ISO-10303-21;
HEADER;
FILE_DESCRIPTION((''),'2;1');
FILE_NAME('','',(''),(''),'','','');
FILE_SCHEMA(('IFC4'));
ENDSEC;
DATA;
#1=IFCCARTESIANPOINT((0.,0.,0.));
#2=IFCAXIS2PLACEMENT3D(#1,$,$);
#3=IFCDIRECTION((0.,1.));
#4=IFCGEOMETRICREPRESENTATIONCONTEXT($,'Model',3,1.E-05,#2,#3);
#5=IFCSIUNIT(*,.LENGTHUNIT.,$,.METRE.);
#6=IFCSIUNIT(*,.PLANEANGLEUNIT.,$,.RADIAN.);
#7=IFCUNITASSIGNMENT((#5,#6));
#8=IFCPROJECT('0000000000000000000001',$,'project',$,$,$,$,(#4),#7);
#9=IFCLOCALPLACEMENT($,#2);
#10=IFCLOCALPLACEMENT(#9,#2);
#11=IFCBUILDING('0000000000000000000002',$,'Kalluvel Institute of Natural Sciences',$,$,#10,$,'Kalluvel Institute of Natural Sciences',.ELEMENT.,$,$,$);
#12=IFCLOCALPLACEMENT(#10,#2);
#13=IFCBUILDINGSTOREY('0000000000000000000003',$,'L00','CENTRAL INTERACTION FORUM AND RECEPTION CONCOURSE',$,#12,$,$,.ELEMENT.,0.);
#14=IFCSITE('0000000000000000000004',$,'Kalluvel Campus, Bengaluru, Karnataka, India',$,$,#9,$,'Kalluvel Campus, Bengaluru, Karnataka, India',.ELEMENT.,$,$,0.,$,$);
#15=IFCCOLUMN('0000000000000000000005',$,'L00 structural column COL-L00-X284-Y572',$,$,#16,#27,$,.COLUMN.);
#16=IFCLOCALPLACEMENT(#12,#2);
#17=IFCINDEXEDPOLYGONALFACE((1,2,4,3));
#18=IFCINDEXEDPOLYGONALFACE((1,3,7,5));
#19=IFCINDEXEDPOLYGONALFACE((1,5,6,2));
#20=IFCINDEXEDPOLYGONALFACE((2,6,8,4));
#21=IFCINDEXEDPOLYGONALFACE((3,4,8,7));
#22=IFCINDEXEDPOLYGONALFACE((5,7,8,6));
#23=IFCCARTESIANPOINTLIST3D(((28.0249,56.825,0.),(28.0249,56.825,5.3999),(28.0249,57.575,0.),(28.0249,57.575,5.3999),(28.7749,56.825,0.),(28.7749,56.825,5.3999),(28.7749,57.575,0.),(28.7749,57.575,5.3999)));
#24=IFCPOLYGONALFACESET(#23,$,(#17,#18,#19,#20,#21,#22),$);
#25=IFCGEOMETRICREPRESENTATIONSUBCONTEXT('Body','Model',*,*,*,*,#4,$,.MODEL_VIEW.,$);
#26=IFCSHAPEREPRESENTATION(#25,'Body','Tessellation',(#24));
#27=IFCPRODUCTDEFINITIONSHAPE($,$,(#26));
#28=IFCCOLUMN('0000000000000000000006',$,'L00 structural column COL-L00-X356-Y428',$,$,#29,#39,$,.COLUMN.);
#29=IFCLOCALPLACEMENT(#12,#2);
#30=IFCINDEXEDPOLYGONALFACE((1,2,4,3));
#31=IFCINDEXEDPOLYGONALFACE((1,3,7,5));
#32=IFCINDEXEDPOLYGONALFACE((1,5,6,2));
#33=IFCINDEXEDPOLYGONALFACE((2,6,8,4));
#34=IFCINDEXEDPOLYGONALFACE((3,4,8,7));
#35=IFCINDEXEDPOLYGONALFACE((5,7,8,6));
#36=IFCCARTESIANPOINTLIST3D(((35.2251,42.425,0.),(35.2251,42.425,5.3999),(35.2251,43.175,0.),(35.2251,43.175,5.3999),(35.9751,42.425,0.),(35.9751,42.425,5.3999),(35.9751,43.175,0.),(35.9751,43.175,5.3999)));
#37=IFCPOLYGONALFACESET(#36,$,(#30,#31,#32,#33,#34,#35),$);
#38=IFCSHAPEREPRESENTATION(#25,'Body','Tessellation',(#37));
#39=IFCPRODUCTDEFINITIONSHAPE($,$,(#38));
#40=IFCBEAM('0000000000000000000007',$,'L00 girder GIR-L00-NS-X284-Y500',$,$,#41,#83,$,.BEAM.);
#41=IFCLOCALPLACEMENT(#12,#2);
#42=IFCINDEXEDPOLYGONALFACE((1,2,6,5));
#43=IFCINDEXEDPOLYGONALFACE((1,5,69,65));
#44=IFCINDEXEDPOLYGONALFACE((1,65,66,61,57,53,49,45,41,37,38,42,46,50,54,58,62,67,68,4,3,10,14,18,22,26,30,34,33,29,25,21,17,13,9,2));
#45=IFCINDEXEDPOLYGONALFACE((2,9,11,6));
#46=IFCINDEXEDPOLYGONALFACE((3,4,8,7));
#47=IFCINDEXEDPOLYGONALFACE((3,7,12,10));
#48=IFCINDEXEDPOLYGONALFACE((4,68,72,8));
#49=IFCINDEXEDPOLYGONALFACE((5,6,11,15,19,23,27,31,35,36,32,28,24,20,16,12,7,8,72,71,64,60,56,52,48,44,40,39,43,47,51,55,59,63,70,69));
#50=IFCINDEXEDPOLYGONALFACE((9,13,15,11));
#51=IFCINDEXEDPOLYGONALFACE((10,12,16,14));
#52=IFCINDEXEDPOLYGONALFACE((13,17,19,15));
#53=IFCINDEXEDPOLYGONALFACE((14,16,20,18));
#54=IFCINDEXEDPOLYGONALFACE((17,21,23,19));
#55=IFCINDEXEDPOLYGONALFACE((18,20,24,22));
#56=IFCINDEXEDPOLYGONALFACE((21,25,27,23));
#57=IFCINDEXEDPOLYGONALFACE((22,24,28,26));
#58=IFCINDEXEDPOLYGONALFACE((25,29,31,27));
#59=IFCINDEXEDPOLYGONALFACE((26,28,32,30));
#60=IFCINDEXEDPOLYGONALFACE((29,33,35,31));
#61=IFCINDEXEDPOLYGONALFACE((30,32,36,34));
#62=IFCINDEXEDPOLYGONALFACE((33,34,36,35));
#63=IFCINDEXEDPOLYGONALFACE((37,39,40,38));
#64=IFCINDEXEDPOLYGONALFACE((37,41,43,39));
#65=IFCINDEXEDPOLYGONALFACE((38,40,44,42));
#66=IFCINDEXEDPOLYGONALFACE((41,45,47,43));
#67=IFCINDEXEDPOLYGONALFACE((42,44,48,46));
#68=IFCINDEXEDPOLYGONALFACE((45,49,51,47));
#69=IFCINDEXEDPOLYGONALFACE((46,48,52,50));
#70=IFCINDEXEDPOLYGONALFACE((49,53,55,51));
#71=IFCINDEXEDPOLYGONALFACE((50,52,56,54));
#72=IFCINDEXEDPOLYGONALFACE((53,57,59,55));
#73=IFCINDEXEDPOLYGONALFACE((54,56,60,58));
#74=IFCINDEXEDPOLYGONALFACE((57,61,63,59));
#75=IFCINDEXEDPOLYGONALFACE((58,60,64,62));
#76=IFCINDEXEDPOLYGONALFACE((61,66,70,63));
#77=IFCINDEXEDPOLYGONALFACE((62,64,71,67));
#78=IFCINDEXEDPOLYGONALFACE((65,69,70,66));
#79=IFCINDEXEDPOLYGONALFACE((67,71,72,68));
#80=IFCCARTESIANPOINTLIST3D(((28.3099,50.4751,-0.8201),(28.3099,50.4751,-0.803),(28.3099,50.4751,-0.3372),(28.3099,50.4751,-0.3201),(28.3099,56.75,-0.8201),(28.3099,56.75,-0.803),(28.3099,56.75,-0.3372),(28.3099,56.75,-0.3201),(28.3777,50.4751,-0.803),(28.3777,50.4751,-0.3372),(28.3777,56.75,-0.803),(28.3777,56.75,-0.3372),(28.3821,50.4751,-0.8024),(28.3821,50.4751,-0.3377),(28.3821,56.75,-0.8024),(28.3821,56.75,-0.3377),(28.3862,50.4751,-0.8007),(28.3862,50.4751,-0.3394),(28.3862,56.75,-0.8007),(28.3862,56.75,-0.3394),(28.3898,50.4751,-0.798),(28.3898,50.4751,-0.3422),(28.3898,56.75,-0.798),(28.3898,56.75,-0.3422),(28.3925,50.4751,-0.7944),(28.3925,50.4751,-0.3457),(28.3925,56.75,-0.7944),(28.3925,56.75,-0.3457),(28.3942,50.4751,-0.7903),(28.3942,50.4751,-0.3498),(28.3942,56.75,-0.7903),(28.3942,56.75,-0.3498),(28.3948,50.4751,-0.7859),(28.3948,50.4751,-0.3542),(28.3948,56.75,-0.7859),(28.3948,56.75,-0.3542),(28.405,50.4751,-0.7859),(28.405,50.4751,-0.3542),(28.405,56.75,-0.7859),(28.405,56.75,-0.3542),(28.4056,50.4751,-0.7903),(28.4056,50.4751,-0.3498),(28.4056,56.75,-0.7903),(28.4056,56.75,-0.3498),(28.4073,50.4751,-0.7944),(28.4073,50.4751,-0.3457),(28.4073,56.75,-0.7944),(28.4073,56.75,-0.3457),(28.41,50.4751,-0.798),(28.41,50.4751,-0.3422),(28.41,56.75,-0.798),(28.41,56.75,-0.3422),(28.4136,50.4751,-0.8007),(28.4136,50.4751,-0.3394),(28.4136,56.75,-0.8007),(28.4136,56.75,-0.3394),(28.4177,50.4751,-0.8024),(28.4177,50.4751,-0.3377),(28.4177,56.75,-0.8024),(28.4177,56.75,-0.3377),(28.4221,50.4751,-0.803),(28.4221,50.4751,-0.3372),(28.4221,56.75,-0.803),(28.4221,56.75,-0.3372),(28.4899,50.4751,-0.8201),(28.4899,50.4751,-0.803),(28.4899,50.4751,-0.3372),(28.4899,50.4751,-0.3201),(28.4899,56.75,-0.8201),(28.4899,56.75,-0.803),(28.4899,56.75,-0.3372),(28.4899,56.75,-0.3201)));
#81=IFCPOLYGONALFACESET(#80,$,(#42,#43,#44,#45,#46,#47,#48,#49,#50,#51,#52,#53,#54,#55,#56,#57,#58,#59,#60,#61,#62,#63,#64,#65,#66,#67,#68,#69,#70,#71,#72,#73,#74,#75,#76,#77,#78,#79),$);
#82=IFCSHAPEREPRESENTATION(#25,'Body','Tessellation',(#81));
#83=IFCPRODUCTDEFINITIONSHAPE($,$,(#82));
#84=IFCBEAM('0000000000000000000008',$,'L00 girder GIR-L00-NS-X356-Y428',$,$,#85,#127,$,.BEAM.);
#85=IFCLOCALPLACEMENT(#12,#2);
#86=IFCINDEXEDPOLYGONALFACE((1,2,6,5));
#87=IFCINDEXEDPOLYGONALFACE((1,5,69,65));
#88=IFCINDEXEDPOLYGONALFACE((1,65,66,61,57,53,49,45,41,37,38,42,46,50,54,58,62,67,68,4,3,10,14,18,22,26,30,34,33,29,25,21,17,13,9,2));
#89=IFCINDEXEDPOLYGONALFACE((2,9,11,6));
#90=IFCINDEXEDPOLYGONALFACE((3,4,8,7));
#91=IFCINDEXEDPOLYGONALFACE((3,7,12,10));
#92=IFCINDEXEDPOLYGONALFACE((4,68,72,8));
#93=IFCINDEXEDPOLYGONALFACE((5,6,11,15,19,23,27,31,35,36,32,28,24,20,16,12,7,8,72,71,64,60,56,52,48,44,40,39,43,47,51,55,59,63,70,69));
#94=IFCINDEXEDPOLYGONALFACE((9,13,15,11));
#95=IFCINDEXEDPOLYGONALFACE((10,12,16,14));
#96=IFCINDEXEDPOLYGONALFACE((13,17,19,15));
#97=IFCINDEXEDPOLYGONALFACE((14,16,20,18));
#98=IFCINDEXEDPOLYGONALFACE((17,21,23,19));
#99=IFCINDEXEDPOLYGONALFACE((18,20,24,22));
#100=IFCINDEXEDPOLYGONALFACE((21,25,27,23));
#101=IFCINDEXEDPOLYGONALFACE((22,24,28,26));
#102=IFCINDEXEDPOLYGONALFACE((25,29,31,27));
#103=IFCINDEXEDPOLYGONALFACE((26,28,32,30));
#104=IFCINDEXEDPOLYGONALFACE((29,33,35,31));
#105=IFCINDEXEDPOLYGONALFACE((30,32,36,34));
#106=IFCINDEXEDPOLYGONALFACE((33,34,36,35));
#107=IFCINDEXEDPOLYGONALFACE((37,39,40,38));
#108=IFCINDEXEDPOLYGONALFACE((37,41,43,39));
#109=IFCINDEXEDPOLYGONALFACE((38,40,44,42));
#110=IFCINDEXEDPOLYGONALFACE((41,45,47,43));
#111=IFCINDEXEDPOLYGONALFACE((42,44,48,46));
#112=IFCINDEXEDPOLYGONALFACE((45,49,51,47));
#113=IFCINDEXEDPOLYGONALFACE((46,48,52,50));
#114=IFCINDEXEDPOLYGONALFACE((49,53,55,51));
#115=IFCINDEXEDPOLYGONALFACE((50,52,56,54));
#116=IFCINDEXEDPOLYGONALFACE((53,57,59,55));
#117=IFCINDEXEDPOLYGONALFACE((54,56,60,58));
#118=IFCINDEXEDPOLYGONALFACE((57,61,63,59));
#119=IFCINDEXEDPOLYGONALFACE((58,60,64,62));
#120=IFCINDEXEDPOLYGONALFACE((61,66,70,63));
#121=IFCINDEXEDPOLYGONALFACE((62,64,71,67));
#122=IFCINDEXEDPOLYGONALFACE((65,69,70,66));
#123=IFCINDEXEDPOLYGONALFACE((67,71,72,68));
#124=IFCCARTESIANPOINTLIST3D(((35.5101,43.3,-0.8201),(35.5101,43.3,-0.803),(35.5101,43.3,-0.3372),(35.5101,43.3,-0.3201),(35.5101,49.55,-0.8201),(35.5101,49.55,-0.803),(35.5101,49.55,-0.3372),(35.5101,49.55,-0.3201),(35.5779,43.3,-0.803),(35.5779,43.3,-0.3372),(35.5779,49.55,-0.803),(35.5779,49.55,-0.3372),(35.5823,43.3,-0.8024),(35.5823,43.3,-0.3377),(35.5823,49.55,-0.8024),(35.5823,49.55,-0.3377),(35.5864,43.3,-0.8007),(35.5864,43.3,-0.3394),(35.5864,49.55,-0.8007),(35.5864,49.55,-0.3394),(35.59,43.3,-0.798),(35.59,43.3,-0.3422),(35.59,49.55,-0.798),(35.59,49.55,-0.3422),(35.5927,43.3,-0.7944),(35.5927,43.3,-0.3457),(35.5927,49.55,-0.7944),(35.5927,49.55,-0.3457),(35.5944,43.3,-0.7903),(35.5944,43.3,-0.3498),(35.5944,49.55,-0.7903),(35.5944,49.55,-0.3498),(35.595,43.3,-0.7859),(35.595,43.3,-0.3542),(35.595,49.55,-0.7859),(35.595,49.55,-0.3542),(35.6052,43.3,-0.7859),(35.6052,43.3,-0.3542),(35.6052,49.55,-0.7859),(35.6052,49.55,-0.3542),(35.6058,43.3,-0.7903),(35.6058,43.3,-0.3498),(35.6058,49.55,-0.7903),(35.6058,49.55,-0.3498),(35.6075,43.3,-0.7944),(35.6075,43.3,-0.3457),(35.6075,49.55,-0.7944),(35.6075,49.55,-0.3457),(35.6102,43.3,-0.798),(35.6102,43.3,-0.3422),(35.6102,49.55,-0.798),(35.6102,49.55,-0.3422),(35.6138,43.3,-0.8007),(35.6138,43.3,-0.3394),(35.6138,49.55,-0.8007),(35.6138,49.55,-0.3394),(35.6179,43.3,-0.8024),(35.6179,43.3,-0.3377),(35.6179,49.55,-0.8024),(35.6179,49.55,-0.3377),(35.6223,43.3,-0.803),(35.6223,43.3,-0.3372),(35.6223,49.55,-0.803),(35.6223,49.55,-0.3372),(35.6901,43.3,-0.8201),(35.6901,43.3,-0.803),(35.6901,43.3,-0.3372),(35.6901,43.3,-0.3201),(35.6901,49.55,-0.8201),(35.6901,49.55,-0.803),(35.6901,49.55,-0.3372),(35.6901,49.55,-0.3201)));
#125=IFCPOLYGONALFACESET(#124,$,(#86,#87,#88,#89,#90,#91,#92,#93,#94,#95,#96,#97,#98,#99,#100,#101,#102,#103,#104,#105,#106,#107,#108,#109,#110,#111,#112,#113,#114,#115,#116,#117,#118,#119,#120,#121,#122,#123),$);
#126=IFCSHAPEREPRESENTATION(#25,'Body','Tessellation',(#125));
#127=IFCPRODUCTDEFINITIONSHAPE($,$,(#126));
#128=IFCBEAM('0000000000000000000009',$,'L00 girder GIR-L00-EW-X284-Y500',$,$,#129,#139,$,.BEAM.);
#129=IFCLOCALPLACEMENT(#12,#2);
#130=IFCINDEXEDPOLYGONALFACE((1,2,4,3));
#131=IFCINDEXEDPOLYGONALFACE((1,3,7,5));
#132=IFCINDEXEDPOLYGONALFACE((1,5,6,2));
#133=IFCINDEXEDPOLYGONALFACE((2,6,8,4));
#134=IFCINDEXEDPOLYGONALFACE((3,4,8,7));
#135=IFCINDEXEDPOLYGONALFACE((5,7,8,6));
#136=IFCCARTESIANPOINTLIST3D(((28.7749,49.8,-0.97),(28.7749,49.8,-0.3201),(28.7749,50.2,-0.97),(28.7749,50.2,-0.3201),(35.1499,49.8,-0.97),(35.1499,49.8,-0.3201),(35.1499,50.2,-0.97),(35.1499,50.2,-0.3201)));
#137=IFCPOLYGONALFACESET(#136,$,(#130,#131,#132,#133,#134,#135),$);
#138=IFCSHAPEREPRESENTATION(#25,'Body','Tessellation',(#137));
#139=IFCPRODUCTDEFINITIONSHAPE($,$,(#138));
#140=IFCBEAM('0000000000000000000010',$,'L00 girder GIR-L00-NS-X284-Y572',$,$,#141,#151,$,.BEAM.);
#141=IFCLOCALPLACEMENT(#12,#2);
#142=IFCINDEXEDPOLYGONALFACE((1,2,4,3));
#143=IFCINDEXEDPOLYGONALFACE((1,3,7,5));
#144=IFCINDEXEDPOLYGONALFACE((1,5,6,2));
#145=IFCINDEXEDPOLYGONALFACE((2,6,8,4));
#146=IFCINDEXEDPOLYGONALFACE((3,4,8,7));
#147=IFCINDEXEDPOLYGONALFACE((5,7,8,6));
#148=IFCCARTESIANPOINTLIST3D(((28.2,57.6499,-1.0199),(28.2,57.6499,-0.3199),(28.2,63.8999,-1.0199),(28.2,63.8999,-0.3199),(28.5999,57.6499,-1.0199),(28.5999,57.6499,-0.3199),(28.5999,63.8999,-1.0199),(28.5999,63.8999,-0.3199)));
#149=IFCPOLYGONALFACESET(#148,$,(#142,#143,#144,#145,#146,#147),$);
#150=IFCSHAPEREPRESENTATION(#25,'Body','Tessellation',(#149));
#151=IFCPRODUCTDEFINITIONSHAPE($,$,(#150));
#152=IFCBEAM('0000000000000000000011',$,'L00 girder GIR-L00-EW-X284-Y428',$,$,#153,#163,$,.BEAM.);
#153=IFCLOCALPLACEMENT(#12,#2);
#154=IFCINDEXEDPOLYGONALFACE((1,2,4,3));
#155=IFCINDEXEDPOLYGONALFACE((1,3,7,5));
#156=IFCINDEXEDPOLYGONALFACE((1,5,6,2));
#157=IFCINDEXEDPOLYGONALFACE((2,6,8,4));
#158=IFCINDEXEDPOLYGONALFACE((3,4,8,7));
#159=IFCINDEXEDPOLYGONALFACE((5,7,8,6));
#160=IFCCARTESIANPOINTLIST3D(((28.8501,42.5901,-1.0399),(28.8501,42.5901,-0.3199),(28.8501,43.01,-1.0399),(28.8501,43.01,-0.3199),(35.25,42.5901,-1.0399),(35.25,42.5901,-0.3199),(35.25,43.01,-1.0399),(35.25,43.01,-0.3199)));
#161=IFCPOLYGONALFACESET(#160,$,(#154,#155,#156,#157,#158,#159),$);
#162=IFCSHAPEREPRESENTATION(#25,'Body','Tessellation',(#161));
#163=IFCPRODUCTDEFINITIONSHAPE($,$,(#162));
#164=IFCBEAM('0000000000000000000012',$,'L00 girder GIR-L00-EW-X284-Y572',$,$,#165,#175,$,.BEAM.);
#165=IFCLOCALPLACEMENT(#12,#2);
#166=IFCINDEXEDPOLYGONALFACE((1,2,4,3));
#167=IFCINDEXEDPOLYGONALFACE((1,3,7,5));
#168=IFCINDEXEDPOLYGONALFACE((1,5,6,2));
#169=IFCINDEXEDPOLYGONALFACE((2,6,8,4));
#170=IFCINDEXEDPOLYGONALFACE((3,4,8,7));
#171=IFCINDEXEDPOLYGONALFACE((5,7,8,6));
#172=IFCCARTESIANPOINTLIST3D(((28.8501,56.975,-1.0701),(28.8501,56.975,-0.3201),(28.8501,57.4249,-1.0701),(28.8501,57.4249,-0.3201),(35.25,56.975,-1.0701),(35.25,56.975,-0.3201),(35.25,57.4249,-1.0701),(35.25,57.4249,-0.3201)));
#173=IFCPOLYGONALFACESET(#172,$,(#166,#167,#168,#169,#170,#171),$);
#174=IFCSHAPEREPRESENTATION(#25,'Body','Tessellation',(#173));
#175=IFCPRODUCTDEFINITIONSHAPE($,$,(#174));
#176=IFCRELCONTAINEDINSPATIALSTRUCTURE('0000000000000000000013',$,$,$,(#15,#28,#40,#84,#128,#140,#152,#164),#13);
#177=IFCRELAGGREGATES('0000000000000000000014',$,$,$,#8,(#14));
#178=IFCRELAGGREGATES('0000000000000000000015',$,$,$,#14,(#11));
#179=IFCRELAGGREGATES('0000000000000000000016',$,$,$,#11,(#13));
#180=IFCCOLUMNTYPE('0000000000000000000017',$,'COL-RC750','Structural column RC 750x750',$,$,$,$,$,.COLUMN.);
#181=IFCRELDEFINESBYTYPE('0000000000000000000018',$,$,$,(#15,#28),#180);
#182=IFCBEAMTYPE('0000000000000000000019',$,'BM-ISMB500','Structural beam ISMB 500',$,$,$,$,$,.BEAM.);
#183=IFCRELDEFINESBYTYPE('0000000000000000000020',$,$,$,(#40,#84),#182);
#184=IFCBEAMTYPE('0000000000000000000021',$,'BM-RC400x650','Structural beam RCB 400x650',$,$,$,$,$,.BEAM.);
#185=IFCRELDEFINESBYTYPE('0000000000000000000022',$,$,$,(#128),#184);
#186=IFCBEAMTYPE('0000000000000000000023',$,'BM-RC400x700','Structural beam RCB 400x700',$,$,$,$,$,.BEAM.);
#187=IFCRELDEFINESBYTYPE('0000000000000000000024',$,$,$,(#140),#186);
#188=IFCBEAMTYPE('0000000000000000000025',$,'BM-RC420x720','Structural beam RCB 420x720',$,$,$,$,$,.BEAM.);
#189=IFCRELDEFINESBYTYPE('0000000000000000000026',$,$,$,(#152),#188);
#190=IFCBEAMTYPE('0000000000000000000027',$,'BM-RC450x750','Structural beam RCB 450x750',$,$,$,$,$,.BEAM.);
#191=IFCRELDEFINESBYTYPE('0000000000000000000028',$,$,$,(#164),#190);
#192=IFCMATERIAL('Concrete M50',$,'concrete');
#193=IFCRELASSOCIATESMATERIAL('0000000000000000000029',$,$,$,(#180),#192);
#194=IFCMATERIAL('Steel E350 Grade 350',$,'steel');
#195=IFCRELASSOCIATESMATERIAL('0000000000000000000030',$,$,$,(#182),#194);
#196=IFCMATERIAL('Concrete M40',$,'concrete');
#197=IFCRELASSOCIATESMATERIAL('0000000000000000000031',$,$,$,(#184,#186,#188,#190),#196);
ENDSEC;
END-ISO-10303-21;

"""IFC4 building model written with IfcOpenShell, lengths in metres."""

from ifc_helpers import new_model, si_unit, direction, frame, origin, origin_2d, place, context, subcontext, project, spatial, rectangle, i_section, extrude, material, material_profile, profile_set, type_object, element, save


model = new_model("IFC4")

# Units and contexts
model_context = context("Model", 3, precision=1e-05, world=origin(), true_north=direction((0.0, 1.0)))
body_context = subcontext(model_context, "Body", "Model", "MODEL_VIEW")
ifc_project = project(units=[si_unit("LENGTHUNIT", "METRE"), si_unit("PLANEANGLEUNIT", "RADIAN")], contexts=[model_context])

# Site, building, storey
site_placement = place(None, origin())
site = spatial("IfcSite", under=ifc_project, at=site_placement, Name="Kalluvel Campus, Bengaluru, Karnataka, India", LongName="Kalluvel Campus, Bengaluru, Karnataka, India", CompositionType="ELEMENT", RefElevation=0.0)
building_placement = place(site_placement, origin())
building = spatial("IfcBuilding", under=site, at=building_placement, Name="Kalluvel Institute of Natural Sciences", LongName="Kalluvel Institute of Natural Sciences", CompositionType="ELEMENT")
storey_placement = place(building_placement, origin())
storey = spatial("IfcBuildingStorey", under=building, at=storey_placement, Name="L00", Description="CENTRAL INTERACTION FORUM AND RECEPTION CONCOURSE", CompositionType="ELEMENT", Elevation=0.0)

# Columns
ifc_material_1 = material(Name="Concrete M50", Category="concrete")
ifc_material_profile_1 = material_profile(ifc_material_1, rectangle(XDim=0.75, YDim=0.75, at=origin_2d()), Name="RC 750x750")
ifc_profile_set_1 = profile_set([ifc_material_profile_1], Name="Concrete M50")
column_type = type_object("IfcColumnType", Name="COL-RC750", Description="Structural column RC 750x750", PredefinedType="COLUMN", material=ifc_profile_set_1)
for number, where, z_axis, x_axis, name in (
    (1, (28.3999, 57.2, 0.0), (0.0, 0.0, 1.0), (1.0, 0.0, 0.0), "L00 structural column COL-L00-X284-Y572"),
    (2, (35.6001, 42.8, 0.0), (0.0, 0.0, 1.0), (1.0, 0.0, 0.0), "L00 structural column COL-L00-X356-Y428"),
):
    element("IfcColumn", number, at=place(storey_placement, frame(where, z_axis=z_axis, x_axis=x_axis)), inside=storey, type_object=column_type, Name=name, PredefinedType="COLUMN", context=body_context, shape_type="SweptSolid", body=[
        extrude(rectangle(XDim=0.75, YDim=0.75, at=origin_2d()), origin(), (0.0, 0.0, 1.0), 5.3999),
    ])

# Beams
ifc_material_2 = material(Name="Steel E350 Grade 350", Category="steel")
ifc_material_profile_2 = material_profile(ifc_material_2, i_section(OverallWidth=0.1799, OverallDepth=0.5, WebThickness=0.0103, FlangeThickness=0.0171, FilletRadius=0.0171, at=origin_2d()), Name="ISMB 500")
ifc_profile_set_2 = profile_set([ifc_material_profile_2], Name="Steel E350 Grade 350")
beam_type_1 = type_object("IfcBeamType", Name="BM-ISMB500", Description="Structural beam ISMB 500", PredefinedType="BEAM", material=ifc_profile_set_2)
beam_1_placement = place(storey_placement, frame((28.3999, 50.4751, -0.5701), z_axis=(0.0, 1.0, 0.0), x_axis=(-1.0, 0.0, 0.0)))
element("IfcBeam", 3, at=beam_1_placement, inside=storey, type_object=beam_type_1, Name="L00 girder GIR-L00-NS-X284-Y500", PredefinedType="BEAM", context=body_context, shape_type="SweptSolid", body=[
    extrude(i_section(OverallWidth=0.1799, OverallDepth=0.5, WebThickness=0.0103, FlangeThickness=0.0171, FilletRadius=0.0171, at=origin_2d()), origin(), (0.0, 0.0, 1.0), 6.2749),
])
beam_2_placement = place(storey_placement, frame((35.6001, 43.3, -0.5701), z_axis=(0.0, 1.0, 0.0), x_axis=(-1.0, 0.0, 0.0)))
element("IfcBeam", 4, at=beam_2_placement, inside=storey, type_object=beam_type_1, Name="L00 girder GIR-L00-NS-X356-Y428", PredefinedType="BEAM", context=body_context, shape_type="SweptSolid", body=[
    extrude(i_section(OverallWidth=0.1799, OverallDepth=0.5, WebThickness=0.0103, FlangeThickness=0.0171, FilletRadius=0.0171, at=origin_2d()), origin(), (0.0, 0.0, 1.0), 6.25),
])
ifc_material_3 = material(Name="Concrete M40", Category="concrete")
ifc_material_profile_3 = material_profile(ifc_material_3, rectangle(XDim=0.3999, YDim=0.6499, at=origin_2d()), Name="RCB 400x650")
ifc_profile_set_3 = profile_set([ifc_material_profile_3], Name="Concrete M40")
beam_type_2 = type_object("IfcBeamType", Name="BM-RC400x650", Description="Structural beam RCB 400x650", PredefinedType="BEAM", material=ifc_profile_set_3)
beam_3_placement = place(storey_placement, frame((28.7749, 50.0, -0.645), z_axis=(1.0, 0.0, 0.0), x_axis=(0.0, 1.0, 0.0)))
element("IfcBeam", 5, at=beam_3_placement, inside=storey, type_object=beam_type_2, Name="L00 girder GIR-L00-EW-X284-Y500", PredefinedType="BEAM", context=body_context, shape_type="SweptSolid", body=[
    extrude(rectangle(XDim=0.3999, YDim=0.6499, at=origin_2d()), origin(), (0.0, 0.0, 1.0), 6.375),
])
ifc_material_profile_4 = material_profile(ifc_material_3, rectangle(XDim=0.3999, YDim=0.7, at=origin_2d()), Name="RCB 400x700")
ifc_profile_set_4 = profile_set([ifc_material_profile_4], Name="Concrete M40")
beam_type_3 = type_object("IfcBeamType", Name="BM-RC400x700", Description="Structural beam RCB 400x700", PredefinedType="BEAM", material=ifc_profile_set_4)
beam_4_placement = place(storey_placement, frame((28.3999, 57.6499, -0.6699), z_axis=(0.0, 1.0, 0.0), x_axis=(-1.0, 0.0, 0.0)))
element("IfcBeam", 6, at=beam_4_placement, inside=storey, type_object=beam_type_3, Name="L00 girder GIR-L00-NS-X284-Y572", PredefinedType="BEAM", context=body_context, shape_type="SweptSolid", body=[
    extrude(rectangle(XDim=0.3999, YDim=0.7, at=origin_2d()), origin(), (0.0, 0.0, 1.0), 6.25),
])
ifc_material_profile_5 = material_profile(ifc_material_3, rectangle(XDim=0.4199, YDim=0.72, at=origin_2d()), Name="RCB 420x720")
ifc_profile_set_5 = profile_set([ifc_material_profile_5], Name="Concrete M40")
beam_type_4 = type_object("IfcBeamType", Name="BM-RC420x720", Description="Structural beam RCB 420x720", PredefinedType="BEAM", material=ifc_profile_set_5)
beam_5_placement = place(storey_placement, frame((28.8501, 42.8, -0.6799), z_axis=(1.0, 0.0, 0.0), x_axis=(0.0, 1.0, 0.0)))
element("IfcBeam", 7, at=beam_5_placement, inside=storey, type_object=beam_type_4, Name="L00 girder GIR-L00-EW-X284-Y428", PredefinedType="BEAM", context=body_context, shape_type="SweptSolid", body=[
    extrude(rectangle(XDim=0.4199, YDim=0.72, at=origin_2d()), origin(), (0.0, 0.0, 1.0), 6.3999),
])
ifc_material_profile_6 = material_profile(ifc_material_3, rectangle(XDim=0.45, YDim=0.75, at=origin_2d()), Name="RCB 450x750")
ifc_profile_set_6 = profile_set([ifc_material_profile_6], Name="Concrete M40")
beam_type_5 = type_object("IfcBeamType", Name="BM-RC450x750", Description="Structural beam RCB 450x750", PredefinedType="BEAM", material=ifc_profile_set_6)
beam_6_placement = place(storey_placement, frame((28.8501, 57.2, -0.6951), z_axis=(1.0, 0.0, 0.0), x_axis=(0.0, 1.0, 0.0)))
element("IfcBeam", 8, at=beam_6_placement, inside=storey, type_object=beam_type_5, Name="L00 girder GIR-L00-EW-X284-Y572", PredefinedType="BEAM", context=body_context, shape_type="SweptSolid", body=[
    extrude(rectangle(XDim=0.45, YDim=0.75, at=origin_2d()), origin(), (0.0, 0.0, 1.0), 6.3999),
])

save(model, "model.ifc")
